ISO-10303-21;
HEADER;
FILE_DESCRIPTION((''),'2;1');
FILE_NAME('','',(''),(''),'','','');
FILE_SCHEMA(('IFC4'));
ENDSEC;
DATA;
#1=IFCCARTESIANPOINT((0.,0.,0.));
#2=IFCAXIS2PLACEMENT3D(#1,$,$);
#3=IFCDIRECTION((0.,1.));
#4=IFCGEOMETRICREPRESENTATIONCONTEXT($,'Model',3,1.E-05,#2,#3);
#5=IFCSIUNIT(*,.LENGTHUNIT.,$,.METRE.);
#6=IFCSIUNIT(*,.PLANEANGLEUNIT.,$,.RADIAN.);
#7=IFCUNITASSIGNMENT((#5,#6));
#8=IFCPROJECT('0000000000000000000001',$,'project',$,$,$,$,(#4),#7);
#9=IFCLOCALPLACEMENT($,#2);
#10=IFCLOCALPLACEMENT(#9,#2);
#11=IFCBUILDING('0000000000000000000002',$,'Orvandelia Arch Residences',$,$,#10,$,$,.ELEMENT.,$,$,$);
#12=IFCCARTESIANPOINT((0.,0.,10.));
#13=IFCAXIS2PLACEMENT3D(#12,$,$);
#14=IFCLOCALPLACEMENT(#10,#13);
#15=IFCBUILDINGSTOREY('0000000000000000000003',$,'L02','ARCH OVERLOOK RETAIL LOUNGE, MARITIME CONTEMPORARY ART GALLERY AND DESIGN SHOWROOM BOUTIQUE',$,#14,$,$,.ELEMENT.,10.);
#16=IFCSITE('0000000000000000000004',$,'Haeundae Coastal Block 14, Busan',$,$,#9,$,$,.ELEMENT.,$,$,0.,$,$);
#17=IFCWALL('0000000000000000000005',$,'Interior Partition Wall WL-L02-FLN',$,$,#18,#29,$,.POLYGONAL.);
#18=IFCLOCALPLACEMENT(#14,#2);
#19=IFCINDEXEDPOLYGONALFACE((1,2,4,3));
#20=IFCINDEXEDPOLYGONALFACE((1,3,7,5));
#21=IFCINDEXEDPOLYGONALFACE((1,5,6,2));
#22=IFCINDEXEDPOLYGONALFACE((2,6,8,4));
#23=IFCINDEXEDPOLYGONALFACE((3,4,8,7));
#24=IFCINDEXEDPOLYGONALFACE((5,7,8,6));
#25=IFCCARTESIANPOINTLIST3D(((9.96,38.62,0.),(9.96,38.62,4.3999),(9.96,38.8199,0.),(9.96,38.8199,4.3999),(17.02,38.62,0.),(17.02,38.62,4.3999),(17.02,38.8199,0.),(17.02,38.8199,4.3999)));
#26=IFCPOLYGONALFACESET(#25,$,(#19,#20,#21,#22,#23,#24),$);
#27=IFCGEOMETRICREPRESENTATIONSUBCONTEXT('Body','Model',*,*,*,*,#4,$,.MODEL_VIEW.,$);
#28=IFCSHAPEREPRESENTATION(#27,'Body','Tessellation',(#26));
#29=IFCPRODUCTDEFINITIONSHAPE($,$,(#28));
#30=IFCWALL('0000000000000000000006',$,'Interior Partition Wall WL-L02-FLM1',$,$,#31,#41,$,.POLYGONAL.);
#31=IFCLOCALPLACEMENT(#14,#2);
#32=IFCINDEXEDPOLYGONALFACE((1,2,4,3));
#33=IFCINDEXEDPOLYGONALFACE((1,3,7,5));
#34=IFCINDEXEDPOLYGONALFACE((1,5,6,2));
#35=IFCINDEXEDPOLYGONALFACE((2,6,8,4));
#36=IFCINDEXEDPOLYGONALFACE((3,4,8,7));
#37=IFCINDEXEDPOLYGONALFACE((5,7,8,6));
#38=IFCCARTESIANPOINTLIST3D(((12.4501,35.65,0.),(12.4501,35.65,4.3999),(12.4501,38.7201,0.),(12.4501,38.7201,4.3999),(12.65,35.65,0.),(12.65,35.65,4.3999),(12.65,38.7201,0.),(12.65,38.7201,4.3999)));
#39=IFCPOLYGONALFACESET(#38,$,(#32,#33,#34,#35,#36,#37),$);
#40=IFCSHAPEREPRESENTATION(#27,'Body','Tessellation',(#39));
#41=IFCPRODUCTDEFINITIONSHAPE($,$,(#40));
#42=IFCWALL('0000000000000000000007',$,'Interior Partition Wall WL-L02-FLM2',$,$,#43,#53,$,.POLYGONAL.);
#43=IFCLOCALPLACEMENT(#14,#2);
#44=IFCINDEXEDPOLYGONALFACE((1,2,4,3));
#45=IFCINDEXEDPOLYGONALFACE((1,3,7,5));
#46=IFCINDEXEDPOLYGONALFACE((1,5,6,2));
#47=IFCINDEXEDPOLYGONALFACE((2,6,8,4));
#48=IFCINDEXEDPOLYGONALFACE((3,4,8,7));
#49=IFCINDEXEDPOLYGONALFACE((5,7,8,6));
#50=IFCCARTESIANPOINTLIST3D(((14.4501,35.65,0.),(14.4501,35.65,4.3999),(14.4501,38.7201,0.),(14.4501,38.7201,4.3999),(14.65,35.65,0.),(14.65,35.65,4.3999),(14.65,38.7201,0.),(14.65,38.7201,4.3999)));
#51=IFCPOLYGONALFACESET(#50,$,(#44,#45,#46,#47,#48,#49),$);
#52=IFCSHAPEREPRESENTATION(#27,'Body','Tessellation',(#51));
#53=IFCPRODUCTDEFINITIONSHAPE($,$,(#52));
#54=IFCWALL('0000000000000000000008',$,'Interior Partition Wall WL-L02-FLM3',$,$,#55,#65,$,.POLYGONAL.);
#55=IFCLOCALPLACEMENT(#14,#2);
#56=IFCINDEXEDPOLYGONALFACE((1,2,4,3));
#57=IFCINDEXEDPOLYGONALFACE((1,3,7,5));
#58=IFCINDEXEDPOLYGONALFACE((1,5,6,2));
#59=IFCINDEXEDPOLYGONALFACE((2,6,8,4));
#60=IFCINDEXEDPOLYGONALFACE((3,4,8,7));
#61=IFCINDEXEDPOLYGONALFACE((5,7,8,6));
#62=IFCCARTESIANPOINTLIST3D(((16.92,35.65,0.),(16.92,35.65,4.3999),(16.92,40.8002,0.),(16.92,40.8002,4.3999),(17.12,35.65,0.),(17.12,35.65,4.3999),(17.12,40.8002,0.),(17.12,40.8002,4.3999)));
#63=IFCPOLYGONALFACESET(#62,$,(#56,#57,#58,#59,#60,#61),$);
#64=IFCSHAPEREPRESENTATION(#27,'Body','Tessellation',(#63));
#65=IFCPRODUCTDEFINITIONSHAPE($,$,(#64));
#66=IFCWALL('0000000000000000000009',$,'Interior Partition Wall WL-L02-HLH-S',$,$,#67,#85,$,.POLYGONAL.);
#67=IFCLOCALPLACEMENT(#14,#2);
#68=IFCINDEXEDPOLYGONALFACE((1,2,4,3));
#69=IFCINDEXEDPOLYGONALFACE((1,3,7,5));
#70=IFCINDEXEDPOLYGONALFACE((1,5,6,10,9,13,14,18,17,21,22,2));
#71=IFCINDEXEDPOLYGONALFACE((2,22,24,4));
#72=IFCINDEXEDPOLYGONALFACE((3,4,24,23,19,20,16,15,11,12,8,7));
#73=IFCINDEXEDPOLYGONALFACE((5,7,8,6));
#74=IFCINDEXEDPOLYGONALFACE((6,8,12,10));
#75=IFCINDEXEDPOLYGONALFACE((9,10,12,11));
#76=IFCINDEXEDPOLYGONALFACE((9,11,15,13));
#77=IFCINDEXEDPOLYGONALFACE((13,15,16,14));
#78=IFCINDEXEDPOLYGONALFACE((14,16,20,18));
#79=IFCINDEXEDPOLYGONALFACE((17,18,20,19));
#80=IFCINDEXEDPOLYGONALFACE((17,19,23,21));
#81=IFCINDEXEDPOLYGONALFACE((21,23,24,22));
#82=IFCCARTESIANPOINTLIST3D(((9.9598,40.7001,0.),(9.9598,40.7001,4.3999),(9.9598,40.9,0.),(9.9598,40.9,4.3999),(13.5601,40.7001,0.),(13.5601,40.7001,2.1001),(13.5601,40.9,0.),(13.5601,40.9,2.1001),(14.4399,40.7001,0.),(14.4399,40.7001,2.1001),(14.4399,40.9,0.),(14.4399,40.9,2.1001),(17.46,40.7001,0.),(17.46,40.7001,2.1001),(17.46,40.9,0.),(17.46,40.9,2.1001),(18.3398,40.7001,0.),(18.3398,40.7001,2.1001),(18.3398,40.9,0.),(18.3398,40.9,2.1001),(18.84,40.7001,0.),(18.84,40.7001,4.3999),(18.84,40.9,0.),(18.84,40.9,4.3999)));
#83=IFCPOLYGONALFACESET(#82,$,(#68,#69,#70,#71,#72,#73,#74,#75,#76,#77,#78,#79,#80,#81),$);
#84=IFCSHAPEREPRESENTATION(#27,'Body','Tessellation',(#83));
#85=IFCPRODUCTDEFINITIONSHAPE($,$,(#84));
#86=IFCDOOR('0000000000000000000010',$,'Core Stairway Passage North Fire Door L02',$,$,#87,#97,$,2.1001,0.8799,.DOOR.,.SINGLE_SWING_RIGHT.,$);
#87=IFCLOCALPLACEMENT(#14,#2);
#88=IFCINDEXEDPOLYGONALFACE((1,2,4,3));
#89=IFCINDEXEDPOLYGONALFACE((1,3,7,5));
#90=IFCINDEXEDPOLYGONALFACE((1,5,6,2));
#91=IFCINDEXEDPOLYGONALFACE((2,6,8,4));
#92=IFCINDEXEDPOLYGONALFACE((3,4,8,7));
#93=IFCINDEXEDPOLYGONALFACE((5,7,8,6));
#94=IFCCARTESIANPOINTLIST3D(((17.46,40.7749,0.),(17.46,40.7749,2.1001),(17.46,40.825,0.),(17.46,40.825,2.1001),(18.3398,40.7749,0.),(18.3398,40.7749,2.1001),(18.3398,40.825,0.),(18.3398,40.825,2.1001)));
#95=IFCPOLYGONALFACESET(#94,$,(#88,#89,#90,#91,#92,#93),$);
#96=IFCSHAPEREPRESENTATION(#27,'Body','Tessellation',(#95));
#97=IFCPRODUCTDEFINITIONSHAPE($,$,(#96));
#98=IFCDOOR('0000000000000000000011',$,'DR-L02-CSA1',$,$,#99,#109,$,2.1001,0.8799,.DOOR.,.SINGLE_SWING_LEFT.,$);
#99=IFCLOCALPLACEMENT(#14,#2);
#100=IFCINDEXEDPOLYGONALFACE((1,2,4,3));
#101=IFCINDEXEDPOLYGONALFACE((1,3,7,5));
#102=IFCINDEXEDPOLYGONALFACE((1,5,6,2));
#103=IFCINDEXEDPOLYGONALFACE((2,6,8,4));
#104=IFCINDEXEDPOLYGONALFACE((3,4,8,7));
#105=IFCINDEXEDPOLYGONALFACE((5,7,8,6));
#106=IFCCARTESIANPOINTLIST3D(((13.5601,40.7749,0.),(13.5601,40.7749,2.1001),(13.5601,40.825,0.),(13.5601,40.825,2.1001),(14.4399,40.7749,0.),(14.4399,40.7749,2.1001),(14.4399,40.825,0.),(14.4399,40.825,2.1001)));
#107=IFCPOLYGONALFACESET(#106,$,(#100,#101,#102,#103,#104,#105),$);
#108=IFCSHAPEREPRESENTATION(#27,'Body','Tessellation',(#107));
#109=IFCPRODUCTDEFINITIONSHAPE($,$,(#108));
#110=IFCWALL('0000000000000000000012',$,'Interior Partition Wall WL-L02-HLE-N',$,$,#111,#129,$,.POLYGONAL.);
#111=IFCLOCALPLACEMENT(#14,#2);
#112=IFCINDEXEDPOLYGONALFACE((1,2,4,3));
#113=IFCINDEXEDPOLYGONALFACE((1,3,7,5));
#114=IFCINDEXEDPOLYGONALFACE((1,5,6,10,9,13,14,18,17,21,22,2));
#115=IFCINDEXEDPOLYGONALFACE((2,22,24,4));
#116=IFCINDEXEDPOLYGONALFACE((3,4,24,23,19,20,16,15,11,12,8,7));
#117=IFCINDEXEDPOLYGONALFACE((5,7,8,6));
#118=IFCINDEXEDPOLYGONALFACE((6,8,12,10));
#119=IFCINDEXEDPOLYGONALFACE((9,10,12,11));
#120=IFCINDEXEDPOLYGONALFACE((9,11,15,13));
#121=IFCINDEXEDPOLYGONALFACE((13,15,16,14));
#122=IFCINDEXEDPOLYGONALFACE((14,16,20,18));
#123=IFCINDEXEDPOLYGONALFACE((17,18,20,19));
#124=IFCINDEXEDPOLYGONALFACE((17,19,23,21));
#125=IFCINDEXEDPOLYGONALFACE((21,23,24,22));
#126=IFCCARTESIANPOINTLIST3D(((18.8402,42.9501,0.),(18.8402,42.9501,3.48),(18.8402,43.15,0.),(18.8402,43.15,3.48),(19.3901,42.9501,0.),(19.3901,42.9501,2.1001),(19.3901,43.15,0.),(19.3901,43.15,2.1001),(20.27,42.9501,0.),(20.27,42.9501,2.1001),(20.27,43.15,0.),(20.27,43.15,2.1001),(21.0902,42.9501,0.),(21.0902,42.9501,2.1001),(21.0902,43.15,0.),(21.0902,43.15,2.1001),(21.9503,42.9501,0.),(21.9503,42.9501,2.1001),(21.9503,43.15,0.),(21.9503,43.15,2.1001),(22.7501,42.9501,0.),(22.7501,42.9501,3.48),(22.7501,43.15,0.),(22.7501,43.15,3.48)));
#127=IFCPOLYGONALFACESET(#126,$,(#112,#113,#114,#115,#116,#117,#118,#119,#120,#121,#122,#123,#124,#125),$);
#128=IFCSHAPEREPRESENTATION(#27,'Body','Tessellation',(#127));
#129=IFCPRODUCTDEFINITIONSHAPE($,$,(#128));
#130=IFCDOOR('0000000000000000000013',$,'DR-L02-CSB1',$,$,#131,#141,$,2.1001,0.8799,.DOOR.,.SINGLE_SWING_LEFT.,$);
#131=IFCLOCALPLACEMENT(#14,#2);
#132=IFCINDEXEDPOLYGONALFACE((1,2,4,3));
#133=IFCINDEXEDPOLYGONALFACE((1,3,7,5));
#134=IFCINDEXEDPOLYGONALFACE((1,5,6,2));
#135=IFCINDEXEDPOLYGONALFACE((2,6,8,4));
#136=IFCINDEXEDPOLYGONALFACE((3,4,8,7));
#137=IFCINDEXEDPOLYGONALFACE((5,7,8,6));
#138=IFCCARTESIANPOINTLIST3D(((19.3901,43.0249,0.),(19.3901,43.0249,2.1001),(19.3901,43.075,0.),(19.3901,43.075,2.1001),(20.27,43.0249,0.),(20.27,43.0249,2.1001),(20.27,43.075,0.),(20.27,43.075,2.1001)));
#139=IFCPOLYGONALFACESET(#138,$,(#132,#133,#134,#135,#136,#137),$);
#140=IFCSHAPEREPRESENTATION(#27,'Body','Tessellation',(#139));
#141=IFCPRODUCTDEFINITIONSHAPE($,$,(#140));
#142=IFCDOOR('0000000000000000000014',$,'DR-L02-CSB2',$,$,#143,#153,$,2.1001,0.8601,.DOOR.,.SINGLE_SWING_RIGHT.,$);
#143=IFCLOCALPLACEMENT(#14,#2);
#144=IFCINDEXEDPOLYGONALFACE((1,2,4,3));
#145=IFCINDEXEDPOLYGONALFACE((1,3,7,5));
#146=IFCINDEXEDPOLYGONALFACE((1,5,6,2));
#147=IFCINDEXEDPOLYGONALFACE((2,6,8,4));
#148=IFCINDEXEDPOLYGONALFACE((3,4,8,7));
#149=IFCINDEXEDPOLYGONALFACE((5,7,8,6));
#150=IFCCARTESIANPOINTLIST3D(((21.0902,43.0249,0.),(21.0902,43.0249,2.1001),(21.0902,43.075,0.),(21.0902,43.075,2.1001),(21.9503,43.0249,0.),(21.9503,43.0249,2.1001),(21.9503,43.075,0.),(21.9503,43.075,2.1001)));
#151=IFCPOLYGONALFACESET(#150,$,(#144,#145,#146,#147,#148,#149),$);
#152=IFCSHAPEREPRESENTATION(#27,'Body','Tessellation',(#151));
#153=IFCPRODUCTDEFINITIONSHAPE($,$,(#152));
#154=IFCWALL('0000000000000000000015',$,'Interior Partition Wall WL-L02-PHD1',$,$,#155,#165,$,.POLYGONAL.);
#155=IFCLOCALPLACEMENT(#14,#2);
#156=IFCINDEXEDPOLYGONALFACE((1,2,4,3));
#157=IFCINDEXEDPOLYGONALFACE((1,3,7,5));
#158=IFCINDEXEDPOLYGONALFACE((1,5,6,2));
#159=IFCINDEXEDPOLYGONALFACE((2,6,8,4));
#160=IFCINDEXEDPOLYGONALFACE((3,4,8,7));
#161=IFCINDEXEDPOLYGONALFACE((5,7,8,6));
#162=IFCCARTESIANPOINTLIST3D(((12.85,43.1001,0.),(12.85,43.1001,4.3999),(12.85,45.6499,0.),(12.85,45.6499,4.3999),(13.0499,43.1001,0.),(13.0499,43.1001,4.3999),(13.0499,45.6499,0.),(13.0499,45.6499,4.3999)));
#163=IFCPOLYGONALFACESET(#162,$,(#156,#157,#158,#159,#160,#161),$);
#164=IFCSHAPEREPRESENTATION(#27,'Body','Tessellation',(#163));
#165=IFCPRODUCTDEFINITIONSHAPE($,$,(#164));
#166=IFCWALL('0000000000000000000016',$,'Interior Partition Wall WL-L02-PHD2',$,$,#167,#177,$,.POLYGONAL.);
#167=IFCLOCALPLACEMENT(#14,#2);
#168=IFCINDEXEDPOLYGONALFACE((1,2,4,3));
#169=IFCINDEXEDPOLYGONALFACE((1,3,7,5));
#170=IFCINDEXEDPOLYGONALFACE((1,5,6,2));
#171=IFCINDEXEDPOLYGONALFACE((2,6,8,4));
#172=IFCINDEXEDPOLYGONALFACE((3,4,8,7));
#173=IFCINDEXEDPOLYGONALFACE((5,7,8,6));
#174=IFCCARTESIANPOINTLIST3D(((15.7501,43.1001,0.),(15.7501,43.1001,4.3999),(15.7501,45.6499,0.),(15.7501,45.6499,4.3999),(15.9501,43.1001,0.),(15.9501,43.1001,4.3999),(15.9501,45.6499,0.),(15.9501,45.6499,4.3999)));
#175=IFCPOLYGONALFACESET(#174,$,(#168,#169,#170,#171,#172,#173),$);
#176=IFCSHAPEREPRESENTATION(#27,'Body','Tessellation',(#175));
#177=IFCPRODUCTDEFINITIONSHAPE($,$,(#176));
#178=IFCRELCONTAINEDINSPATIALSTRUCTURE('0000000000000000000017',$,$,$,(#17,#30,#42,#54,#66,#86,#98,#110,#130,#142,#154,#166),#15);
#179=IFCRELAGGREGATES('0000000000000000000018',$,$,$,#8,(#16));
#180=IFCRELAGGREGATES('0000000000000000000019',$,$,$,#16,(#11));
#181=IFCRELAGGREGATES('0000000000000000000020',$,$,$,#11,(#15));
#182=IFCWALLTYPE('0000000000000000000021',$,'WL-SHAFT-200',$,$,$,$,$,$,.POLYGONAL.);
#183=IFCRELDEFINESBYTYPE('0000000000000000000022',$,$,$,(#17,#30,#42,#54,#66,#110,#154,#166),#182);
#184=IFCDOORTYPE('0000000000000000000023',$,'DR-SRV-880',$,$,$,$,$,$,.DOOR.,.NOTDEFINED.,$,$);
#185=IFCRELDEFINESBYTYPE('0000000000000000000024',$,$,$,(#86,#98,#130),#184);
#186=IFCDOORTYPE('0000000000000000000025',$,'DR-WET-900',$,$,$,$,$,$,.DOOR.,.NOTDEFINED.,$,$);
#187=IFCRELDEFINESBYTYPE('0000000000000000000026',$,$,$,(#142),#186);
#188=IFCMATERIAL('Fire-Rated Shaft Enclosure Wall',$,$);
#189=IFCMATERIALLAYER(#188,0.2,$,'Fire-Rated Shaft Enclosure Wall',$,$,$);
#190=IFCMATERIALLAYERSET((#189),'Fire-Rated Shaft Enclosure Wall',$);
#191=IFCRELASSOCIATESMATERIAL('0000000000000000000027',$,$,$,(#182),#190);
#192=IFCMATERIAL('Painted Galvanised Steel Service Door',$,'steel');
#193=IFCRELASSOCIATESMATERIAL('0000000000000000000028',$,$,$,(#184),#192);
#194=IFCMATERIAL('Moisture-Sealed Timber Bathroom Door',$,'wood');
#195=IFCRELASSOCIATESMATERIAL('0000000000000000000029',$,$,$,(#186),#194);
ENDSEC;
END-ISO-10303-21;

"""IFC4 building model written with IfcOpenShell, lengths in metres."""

from ifc_helpers import new_model, si_unit, direction, frame, frame_2d, origin, place, context, subcontext, project, spatial, rectangle, extrude, material, layer, layer_set, type_object, element, fill, save


model = new_model("IFC4")

# Units and contexts
model_context = context("Model", 3, precision=1e-05, world=origin(), true_north=direction((0.0, 1.0)))
body_context = subcontext(model_context, "Body", "Model", "MODEL_VIEW")
ifc_project = project(units=[si_unit("LENGTHUNIT", "METRE"), si_unit("PLANEANGLEUNIT", "RADIAN")], contexts=[model_context])

# Site, building, storey
site_placement = place(None, origin())
site = spatial("IfcSite", under=ifc_project, at=site_placement, Name="Haeundae Coastal Block 14, Busan", CompositionType="ELEMENT", RefElevation=0.0)
building_placement = place(site_placement, origin())
building = spatial("IfcBuilding", under=site, at=building_placement, Name="Orvandelia Arch Residences", CompositionType="ELEMENT")
storey_placement = place(building_placement, frame((0.0, 0.0, 10.0)))
storey = spatial("IfcBuildingStorey", under=building, at=storey_placement, Name="L02", Description="ARCH OVERLOOK RETAIL LOUNGE, MARITIME CONTEMPORARY ART GALLERY AND DESIGN SHOWROOM BOUTIQUE", CompositionType="ELEMENT", Elevation=10.0)

# Walls
ifc_material_1 = material(Name="Fire-Rated Shaft Enclosure Wall")
ifc_layer_1 = layer(ifc_material_1, 0.2, Name="Fire-Rated Shaft Enclosure Wall")
ifc_layer_set_1 = layer_set([ifc_layer_1], Name="Fire-Rated Shaft Enclosure Wall")
wall_type_1 = type_object("IfcWallType", Name="WL-SHAFT-200", PredefinedType="POLYGONAL", material=ifc_layer_set_1)
wall_1_placement = place(storey_placement, frame((9.96, 38.72, 0.0), z_axis=(0.0, 0.0, 1.0), x_axis=(1.0, 0.0, 0.0)))
element("IfcWall", 1, at=wall_1_placement, inside=storey, type_object=wall_type_1, Name="Interior Partition Wall WL-L02-FLN", PredefinedType="POLYGONAL", context=body_context, shape_type="SweptSolid", body=[
    extrude(rectangle(XDim=7.0601, YDim=0.2, at=frame_2d((3.53, 0.0))), origin(), (0.0, 0.0, 1.0), 4.3999),
])
for number, where, z_axis, x_axis, name in (
    (2, (12.55, 35.6499, 0.0), (0.0, 0.0, 1.0), (0.0, 1.0, 0.0), "Interior Partition Wall WL-L02-FLM1"),
    (3, (14.55, 35.6499, 0.0), (0.0, 0.0, 1.0), (0.0, 1.0, 0.0), "Interior Partition Wall WL-L02-FLM2"),
):
    element("IfcWall", number, at=place(storey_placement, frame(where, z_axis=z_axis, x_axis=x_axis)), inside=storey, type_object=wall_type_1, Name=name, PredefinedType="POLYGONAL", context=body_context, shape_type="SweptSolid", body=[
        extrude(rectangle(XDim=3.0701, YDim=0.2, at=frame_2d((1.5352, 0.0))), origin(), (0.0, 0.0, 1.0), 4.3999),
    ])
wall_2_placement = place(storey_placement, frame((17.02, 35.6499, 0.0), z_axis=(0.0, 0.0, 1.0), x_axis=(0.0, 1.0, 0.0)))
element("IfcWall", 4, at=wall_2_placement, inside=storey, type_object=wall_type_1, Name="Interior Partition Wall WL-L02-FLM3", PredefinedType="POLYGONAL", context=body_context, shape_type="SweptSolid", body=[
    extrude(rectangle(XDim=5.1501, YDim=0.2, at=frame_2d((2.5752, 0.0))), origin(), (0.0, 0.0, 1.0), 4.3999),
])

# Walls, openings, doors
wall_3_placement = place(storey_placement, frame((9.96, 40.8, 0.0), z_axis=(0.0, 0.0, 1.0), x_axis=(1.0, 0.0, 0.0)))
wall_3 = element("IfcWall", 5, at=wall_3_placement, inside=storey, type_object=wall_type_1, Name="Interior Partition Wall WL-L02-HLH-S", PredefinedType="POLYGONAL", context=body_context, shape_type="SweptSolid", body=[
    extrude(rectangle(XDim=8.8801, YDim=0.2, at=frame_2d((4.4399, 0.0))), origin(), (0.0, 0.0, 1.0), 4.3999),
])
opening_1_placement = place(wall_3_placement, frame((7.5, 0.0, 0.0)))
opening_1 = element("IfcOpeningElement", 6, at=opening_1_placement, cuts=wall_3, PredefinedType="OPENING", context=body_context, shape_type="SweptSolid", body=[
    extrude(rectangle(XDim=0.8799, YDim=2.1001, at=frame_2d((0.4399, 1.05))), frame((0.0, 0.1099, 0.0), z_axis=(0.0, -1.0, 0.0), x_axis=(1.0, 0.0, 0.0)), (0.0, 0.0, 1.0), 0.22),
])
opening_2_placement = place(wall_3_placement, frame((3.6001, 0.0, 0.0)))
opening_2 = element("IfcOpeningElement", 7, at=opening_2_placement, cuts=wall_3, PredefinedType="OPENING", context=body_context, shape_type="SweptSolid", body=[
    extrude(rectangle(XDim=0.8799, YDim=2.1001, at=frame_2d((0.4399, 1.05))), frame((0.0, 0.1099, 0.0), z_axis=(0.0, -1.0, 0.0), x_axis=(1.0, 0.0, 0.0)), (0.0, 0.0, 1.0), 0.22),
])
ifc_material_2 = material(Name="Painted Galvanised Steel Service Door", Category="steel")
door_type_1 = type_object("IfcDoorType", Name="DR-SRV-880", OperationType="NOTDEFINED", PredefinedType="DOOR", material=ifc_material_2)
door_1_placement = place(opening_1_placement, origin())
door_1 = element("IfcDoor", 8, at=door_1_placement, inside=storey, type_object=door_type_1, Name="Core Stairway Passage North Fire Door L02", OperationType="SINGLE_SWING_RIGHT", OverallHeight=2.1001, OverallWidth=0.8799, PredefinedType="DOOR", context=body_context, shape_type="SweptSolid", body=[
    extrude(rectangle(XDim=0.8799, YDim=2.1001, at=frame_2d((0.4399, 1.05))), frame((0.0, 0.0249, 0.0), z_axis=(0.0, -1.0, 0.0), x_axis=(1.0, 0.0, 0.0)), (0.0, 0.0, 1.0), 0.05),
])
fill(opening_1, door_1)
door_2_placement = place(opening_2_placement, origin())
door_2 = element("IfcDoor", 9, at=door_2_placement, inside=storey, type_object=door_type_1, Name="DR-L02-CSA1", OperationType="SINGLE_SWING_LEFT", OverallHeight=2.1001, OverallWidth=0.8799, PredefinedType="DOOR", context=body_context, shape_type="SweptSolid", body=[
    extrude(rectangle(XDim=0.8799, YDim=2.1001, at=frame_2d((0.4399, 1.05))), frame((0.0, 0.0249, 0.0), z_axis=(0.0, -1.0, 0.0), x_axis=(1.0, 0.0, 0.0)), (0.0, 0.0, 1.0), 0.05),
])
fill(opening_2, door_2)
wall_4_placement = place(storey_placement, frame((18.8401, 43.05, 0.0), z_axis=(0.0, 0.0, 1.0), x_axis=(1.0, 0.0, 0.0)))
wall_4 = element("IfcWall", 10, at=wall_4_placement, inside=storey, type_object=wall_type_1, Name="Interior Partition Wall WL-L02-HLE-N", PredefinedType="POLYGONAL", context=body_context, shape_type="SweptSolid", body=[
    extrude(rectangle(XDim=3.9099, YDim=0.2, at=frame_2d((1.9551, 0.0))), origin(), (0.0, 0.0, 1.0), 3.48),
])
opening_3_placement = place(wall_4_placement, frame((0.55, 0.0, 0.0)))
opening_3 = element("IfcOpeningElement", 11, at=opening_3_placement, cuts=wall_4, PredefinedType="OPENING", context=body_context, shape_type="SweptSolid", body=[
    extrude(rectangle(XDim=0.8799, YDim=2.1001, at=frame_2d((0.4399, 1.05))), frame((0.0, 0.1099, 0.0), z_axis=(0.0, -1.0, 0.0), x_axis=(1.0, 0.0, 0.0)), (0.0, 0.0, 1.0), 0.22),
])
opening_4_placement = place(wall_4_placement, frame((2.25, 0.0, 0.0)))
opening_4 = element("IfcOpeningElement", 12, at=opening_4_placement, cuts=wall_4, PredefinedType="OPENING", context=body_context, shape_type="SweptSolid", body=[
    extrude(rectangle(XDim=0.8601, YDim=2.1001, at=frame_2d((0.4302, 1.05))), frame((0.0, 0.1099, 0.0), z_axis=(0.0, -1.0, 0.0), x_axis=(1.0, 0.0, 0.0)), (0.0, 0.0, 1.0), 0.22),
])
door_3_placement = place(opening_3_placement, origin())
door_3 = element("IfcDoor", 13, at=door_3_placement, inside=storey, type_object=door_type_1, Name="DR-L02-CSB1", OperationType="SINGLE_SWING_LEFT", OverallHeight=2.1001, OverallWidth=0.8799, PredefinedType="DOOR", context=body_context, shape_type="SweptSolid", body=[
    extrude(rectangle(XDim=0.8799, YDim=2.1001, at=frame_2d((0.4399, 1.05))), frame((0.0, 0.0249, 0.0), z_axis=(0.0, -1.0, 0.0), x_axis=(1.0, 0.0, 0.0)), (0.0, 0.0, 1.0), 0.05),
])
fill(opening_3, door_3)
ifc_material_3 = material(Name="Moisture-Sealed Timber Bathroom Door", Category="wood")
door_type_2 = type_object("IfcDoorType", Name="DR-WET-900", OperationType="NOTDEFINED", PredefinedType="DOOR", material=ifc_material_3)
door_4_placement = place(opening_4_placement, origin())
door_4 = element("IfcDoor", 14, at=door_4_placement, inside=storey, type_object=door_type_2, Name="DR-L02-CSB2", OperationType="SINGLE_SWING_RIGHT", OverallHeight=2.1001, OverallWidth=0.8601, PredefinedType="DOOR", context=body_context, shape_type="SweptSolid", body=[
    extrude(rectangle(XDim=0.8601, YDim=2.1001, at=frame_2d((0.4302, 1.05))), frame((0.0, 0.0249, 0.0), z_axis=(0.0, -1.0, 0.0), x_axis=(1.0, 0.0, 0.0)), (0.0, 0.0, 1.0), 0.05),
])
fill(opening_4, door_4)

# Walls
for number, where, z_axis, x_axis, name in (
    (15, (12.95, 43.1001, 0.0), (0.0, 0.0, 1.0), (0.0, 1.0, 0.0), "Interior Partition Wall WL-L02-PHD1"),
    (16, (15.8501, 43.1001, 0.0), (0.0, 0.0, 1.0), (0.0, 1.0, 0.0), "Interior Partition Wall WL-L02-PHD2"),
):
    element("IfcWall", number, at=place(storey_placement, frame(where, z_axis=z_axis, x_axis=x_axis)), inside=storey, type_object=wall_type_1, Name=name, PredefinedType="POLYGONAL", context=body_context, shape_type="SweptSolid", body=[
        extrude(rectangle(XDim=2.5498, YDim=0.2, at=frame_2d((1.2749, 0.0))), origin(), (0.0, 0.0, 1.0), 4.3999),
    ])

save(model, "model.ifc")
